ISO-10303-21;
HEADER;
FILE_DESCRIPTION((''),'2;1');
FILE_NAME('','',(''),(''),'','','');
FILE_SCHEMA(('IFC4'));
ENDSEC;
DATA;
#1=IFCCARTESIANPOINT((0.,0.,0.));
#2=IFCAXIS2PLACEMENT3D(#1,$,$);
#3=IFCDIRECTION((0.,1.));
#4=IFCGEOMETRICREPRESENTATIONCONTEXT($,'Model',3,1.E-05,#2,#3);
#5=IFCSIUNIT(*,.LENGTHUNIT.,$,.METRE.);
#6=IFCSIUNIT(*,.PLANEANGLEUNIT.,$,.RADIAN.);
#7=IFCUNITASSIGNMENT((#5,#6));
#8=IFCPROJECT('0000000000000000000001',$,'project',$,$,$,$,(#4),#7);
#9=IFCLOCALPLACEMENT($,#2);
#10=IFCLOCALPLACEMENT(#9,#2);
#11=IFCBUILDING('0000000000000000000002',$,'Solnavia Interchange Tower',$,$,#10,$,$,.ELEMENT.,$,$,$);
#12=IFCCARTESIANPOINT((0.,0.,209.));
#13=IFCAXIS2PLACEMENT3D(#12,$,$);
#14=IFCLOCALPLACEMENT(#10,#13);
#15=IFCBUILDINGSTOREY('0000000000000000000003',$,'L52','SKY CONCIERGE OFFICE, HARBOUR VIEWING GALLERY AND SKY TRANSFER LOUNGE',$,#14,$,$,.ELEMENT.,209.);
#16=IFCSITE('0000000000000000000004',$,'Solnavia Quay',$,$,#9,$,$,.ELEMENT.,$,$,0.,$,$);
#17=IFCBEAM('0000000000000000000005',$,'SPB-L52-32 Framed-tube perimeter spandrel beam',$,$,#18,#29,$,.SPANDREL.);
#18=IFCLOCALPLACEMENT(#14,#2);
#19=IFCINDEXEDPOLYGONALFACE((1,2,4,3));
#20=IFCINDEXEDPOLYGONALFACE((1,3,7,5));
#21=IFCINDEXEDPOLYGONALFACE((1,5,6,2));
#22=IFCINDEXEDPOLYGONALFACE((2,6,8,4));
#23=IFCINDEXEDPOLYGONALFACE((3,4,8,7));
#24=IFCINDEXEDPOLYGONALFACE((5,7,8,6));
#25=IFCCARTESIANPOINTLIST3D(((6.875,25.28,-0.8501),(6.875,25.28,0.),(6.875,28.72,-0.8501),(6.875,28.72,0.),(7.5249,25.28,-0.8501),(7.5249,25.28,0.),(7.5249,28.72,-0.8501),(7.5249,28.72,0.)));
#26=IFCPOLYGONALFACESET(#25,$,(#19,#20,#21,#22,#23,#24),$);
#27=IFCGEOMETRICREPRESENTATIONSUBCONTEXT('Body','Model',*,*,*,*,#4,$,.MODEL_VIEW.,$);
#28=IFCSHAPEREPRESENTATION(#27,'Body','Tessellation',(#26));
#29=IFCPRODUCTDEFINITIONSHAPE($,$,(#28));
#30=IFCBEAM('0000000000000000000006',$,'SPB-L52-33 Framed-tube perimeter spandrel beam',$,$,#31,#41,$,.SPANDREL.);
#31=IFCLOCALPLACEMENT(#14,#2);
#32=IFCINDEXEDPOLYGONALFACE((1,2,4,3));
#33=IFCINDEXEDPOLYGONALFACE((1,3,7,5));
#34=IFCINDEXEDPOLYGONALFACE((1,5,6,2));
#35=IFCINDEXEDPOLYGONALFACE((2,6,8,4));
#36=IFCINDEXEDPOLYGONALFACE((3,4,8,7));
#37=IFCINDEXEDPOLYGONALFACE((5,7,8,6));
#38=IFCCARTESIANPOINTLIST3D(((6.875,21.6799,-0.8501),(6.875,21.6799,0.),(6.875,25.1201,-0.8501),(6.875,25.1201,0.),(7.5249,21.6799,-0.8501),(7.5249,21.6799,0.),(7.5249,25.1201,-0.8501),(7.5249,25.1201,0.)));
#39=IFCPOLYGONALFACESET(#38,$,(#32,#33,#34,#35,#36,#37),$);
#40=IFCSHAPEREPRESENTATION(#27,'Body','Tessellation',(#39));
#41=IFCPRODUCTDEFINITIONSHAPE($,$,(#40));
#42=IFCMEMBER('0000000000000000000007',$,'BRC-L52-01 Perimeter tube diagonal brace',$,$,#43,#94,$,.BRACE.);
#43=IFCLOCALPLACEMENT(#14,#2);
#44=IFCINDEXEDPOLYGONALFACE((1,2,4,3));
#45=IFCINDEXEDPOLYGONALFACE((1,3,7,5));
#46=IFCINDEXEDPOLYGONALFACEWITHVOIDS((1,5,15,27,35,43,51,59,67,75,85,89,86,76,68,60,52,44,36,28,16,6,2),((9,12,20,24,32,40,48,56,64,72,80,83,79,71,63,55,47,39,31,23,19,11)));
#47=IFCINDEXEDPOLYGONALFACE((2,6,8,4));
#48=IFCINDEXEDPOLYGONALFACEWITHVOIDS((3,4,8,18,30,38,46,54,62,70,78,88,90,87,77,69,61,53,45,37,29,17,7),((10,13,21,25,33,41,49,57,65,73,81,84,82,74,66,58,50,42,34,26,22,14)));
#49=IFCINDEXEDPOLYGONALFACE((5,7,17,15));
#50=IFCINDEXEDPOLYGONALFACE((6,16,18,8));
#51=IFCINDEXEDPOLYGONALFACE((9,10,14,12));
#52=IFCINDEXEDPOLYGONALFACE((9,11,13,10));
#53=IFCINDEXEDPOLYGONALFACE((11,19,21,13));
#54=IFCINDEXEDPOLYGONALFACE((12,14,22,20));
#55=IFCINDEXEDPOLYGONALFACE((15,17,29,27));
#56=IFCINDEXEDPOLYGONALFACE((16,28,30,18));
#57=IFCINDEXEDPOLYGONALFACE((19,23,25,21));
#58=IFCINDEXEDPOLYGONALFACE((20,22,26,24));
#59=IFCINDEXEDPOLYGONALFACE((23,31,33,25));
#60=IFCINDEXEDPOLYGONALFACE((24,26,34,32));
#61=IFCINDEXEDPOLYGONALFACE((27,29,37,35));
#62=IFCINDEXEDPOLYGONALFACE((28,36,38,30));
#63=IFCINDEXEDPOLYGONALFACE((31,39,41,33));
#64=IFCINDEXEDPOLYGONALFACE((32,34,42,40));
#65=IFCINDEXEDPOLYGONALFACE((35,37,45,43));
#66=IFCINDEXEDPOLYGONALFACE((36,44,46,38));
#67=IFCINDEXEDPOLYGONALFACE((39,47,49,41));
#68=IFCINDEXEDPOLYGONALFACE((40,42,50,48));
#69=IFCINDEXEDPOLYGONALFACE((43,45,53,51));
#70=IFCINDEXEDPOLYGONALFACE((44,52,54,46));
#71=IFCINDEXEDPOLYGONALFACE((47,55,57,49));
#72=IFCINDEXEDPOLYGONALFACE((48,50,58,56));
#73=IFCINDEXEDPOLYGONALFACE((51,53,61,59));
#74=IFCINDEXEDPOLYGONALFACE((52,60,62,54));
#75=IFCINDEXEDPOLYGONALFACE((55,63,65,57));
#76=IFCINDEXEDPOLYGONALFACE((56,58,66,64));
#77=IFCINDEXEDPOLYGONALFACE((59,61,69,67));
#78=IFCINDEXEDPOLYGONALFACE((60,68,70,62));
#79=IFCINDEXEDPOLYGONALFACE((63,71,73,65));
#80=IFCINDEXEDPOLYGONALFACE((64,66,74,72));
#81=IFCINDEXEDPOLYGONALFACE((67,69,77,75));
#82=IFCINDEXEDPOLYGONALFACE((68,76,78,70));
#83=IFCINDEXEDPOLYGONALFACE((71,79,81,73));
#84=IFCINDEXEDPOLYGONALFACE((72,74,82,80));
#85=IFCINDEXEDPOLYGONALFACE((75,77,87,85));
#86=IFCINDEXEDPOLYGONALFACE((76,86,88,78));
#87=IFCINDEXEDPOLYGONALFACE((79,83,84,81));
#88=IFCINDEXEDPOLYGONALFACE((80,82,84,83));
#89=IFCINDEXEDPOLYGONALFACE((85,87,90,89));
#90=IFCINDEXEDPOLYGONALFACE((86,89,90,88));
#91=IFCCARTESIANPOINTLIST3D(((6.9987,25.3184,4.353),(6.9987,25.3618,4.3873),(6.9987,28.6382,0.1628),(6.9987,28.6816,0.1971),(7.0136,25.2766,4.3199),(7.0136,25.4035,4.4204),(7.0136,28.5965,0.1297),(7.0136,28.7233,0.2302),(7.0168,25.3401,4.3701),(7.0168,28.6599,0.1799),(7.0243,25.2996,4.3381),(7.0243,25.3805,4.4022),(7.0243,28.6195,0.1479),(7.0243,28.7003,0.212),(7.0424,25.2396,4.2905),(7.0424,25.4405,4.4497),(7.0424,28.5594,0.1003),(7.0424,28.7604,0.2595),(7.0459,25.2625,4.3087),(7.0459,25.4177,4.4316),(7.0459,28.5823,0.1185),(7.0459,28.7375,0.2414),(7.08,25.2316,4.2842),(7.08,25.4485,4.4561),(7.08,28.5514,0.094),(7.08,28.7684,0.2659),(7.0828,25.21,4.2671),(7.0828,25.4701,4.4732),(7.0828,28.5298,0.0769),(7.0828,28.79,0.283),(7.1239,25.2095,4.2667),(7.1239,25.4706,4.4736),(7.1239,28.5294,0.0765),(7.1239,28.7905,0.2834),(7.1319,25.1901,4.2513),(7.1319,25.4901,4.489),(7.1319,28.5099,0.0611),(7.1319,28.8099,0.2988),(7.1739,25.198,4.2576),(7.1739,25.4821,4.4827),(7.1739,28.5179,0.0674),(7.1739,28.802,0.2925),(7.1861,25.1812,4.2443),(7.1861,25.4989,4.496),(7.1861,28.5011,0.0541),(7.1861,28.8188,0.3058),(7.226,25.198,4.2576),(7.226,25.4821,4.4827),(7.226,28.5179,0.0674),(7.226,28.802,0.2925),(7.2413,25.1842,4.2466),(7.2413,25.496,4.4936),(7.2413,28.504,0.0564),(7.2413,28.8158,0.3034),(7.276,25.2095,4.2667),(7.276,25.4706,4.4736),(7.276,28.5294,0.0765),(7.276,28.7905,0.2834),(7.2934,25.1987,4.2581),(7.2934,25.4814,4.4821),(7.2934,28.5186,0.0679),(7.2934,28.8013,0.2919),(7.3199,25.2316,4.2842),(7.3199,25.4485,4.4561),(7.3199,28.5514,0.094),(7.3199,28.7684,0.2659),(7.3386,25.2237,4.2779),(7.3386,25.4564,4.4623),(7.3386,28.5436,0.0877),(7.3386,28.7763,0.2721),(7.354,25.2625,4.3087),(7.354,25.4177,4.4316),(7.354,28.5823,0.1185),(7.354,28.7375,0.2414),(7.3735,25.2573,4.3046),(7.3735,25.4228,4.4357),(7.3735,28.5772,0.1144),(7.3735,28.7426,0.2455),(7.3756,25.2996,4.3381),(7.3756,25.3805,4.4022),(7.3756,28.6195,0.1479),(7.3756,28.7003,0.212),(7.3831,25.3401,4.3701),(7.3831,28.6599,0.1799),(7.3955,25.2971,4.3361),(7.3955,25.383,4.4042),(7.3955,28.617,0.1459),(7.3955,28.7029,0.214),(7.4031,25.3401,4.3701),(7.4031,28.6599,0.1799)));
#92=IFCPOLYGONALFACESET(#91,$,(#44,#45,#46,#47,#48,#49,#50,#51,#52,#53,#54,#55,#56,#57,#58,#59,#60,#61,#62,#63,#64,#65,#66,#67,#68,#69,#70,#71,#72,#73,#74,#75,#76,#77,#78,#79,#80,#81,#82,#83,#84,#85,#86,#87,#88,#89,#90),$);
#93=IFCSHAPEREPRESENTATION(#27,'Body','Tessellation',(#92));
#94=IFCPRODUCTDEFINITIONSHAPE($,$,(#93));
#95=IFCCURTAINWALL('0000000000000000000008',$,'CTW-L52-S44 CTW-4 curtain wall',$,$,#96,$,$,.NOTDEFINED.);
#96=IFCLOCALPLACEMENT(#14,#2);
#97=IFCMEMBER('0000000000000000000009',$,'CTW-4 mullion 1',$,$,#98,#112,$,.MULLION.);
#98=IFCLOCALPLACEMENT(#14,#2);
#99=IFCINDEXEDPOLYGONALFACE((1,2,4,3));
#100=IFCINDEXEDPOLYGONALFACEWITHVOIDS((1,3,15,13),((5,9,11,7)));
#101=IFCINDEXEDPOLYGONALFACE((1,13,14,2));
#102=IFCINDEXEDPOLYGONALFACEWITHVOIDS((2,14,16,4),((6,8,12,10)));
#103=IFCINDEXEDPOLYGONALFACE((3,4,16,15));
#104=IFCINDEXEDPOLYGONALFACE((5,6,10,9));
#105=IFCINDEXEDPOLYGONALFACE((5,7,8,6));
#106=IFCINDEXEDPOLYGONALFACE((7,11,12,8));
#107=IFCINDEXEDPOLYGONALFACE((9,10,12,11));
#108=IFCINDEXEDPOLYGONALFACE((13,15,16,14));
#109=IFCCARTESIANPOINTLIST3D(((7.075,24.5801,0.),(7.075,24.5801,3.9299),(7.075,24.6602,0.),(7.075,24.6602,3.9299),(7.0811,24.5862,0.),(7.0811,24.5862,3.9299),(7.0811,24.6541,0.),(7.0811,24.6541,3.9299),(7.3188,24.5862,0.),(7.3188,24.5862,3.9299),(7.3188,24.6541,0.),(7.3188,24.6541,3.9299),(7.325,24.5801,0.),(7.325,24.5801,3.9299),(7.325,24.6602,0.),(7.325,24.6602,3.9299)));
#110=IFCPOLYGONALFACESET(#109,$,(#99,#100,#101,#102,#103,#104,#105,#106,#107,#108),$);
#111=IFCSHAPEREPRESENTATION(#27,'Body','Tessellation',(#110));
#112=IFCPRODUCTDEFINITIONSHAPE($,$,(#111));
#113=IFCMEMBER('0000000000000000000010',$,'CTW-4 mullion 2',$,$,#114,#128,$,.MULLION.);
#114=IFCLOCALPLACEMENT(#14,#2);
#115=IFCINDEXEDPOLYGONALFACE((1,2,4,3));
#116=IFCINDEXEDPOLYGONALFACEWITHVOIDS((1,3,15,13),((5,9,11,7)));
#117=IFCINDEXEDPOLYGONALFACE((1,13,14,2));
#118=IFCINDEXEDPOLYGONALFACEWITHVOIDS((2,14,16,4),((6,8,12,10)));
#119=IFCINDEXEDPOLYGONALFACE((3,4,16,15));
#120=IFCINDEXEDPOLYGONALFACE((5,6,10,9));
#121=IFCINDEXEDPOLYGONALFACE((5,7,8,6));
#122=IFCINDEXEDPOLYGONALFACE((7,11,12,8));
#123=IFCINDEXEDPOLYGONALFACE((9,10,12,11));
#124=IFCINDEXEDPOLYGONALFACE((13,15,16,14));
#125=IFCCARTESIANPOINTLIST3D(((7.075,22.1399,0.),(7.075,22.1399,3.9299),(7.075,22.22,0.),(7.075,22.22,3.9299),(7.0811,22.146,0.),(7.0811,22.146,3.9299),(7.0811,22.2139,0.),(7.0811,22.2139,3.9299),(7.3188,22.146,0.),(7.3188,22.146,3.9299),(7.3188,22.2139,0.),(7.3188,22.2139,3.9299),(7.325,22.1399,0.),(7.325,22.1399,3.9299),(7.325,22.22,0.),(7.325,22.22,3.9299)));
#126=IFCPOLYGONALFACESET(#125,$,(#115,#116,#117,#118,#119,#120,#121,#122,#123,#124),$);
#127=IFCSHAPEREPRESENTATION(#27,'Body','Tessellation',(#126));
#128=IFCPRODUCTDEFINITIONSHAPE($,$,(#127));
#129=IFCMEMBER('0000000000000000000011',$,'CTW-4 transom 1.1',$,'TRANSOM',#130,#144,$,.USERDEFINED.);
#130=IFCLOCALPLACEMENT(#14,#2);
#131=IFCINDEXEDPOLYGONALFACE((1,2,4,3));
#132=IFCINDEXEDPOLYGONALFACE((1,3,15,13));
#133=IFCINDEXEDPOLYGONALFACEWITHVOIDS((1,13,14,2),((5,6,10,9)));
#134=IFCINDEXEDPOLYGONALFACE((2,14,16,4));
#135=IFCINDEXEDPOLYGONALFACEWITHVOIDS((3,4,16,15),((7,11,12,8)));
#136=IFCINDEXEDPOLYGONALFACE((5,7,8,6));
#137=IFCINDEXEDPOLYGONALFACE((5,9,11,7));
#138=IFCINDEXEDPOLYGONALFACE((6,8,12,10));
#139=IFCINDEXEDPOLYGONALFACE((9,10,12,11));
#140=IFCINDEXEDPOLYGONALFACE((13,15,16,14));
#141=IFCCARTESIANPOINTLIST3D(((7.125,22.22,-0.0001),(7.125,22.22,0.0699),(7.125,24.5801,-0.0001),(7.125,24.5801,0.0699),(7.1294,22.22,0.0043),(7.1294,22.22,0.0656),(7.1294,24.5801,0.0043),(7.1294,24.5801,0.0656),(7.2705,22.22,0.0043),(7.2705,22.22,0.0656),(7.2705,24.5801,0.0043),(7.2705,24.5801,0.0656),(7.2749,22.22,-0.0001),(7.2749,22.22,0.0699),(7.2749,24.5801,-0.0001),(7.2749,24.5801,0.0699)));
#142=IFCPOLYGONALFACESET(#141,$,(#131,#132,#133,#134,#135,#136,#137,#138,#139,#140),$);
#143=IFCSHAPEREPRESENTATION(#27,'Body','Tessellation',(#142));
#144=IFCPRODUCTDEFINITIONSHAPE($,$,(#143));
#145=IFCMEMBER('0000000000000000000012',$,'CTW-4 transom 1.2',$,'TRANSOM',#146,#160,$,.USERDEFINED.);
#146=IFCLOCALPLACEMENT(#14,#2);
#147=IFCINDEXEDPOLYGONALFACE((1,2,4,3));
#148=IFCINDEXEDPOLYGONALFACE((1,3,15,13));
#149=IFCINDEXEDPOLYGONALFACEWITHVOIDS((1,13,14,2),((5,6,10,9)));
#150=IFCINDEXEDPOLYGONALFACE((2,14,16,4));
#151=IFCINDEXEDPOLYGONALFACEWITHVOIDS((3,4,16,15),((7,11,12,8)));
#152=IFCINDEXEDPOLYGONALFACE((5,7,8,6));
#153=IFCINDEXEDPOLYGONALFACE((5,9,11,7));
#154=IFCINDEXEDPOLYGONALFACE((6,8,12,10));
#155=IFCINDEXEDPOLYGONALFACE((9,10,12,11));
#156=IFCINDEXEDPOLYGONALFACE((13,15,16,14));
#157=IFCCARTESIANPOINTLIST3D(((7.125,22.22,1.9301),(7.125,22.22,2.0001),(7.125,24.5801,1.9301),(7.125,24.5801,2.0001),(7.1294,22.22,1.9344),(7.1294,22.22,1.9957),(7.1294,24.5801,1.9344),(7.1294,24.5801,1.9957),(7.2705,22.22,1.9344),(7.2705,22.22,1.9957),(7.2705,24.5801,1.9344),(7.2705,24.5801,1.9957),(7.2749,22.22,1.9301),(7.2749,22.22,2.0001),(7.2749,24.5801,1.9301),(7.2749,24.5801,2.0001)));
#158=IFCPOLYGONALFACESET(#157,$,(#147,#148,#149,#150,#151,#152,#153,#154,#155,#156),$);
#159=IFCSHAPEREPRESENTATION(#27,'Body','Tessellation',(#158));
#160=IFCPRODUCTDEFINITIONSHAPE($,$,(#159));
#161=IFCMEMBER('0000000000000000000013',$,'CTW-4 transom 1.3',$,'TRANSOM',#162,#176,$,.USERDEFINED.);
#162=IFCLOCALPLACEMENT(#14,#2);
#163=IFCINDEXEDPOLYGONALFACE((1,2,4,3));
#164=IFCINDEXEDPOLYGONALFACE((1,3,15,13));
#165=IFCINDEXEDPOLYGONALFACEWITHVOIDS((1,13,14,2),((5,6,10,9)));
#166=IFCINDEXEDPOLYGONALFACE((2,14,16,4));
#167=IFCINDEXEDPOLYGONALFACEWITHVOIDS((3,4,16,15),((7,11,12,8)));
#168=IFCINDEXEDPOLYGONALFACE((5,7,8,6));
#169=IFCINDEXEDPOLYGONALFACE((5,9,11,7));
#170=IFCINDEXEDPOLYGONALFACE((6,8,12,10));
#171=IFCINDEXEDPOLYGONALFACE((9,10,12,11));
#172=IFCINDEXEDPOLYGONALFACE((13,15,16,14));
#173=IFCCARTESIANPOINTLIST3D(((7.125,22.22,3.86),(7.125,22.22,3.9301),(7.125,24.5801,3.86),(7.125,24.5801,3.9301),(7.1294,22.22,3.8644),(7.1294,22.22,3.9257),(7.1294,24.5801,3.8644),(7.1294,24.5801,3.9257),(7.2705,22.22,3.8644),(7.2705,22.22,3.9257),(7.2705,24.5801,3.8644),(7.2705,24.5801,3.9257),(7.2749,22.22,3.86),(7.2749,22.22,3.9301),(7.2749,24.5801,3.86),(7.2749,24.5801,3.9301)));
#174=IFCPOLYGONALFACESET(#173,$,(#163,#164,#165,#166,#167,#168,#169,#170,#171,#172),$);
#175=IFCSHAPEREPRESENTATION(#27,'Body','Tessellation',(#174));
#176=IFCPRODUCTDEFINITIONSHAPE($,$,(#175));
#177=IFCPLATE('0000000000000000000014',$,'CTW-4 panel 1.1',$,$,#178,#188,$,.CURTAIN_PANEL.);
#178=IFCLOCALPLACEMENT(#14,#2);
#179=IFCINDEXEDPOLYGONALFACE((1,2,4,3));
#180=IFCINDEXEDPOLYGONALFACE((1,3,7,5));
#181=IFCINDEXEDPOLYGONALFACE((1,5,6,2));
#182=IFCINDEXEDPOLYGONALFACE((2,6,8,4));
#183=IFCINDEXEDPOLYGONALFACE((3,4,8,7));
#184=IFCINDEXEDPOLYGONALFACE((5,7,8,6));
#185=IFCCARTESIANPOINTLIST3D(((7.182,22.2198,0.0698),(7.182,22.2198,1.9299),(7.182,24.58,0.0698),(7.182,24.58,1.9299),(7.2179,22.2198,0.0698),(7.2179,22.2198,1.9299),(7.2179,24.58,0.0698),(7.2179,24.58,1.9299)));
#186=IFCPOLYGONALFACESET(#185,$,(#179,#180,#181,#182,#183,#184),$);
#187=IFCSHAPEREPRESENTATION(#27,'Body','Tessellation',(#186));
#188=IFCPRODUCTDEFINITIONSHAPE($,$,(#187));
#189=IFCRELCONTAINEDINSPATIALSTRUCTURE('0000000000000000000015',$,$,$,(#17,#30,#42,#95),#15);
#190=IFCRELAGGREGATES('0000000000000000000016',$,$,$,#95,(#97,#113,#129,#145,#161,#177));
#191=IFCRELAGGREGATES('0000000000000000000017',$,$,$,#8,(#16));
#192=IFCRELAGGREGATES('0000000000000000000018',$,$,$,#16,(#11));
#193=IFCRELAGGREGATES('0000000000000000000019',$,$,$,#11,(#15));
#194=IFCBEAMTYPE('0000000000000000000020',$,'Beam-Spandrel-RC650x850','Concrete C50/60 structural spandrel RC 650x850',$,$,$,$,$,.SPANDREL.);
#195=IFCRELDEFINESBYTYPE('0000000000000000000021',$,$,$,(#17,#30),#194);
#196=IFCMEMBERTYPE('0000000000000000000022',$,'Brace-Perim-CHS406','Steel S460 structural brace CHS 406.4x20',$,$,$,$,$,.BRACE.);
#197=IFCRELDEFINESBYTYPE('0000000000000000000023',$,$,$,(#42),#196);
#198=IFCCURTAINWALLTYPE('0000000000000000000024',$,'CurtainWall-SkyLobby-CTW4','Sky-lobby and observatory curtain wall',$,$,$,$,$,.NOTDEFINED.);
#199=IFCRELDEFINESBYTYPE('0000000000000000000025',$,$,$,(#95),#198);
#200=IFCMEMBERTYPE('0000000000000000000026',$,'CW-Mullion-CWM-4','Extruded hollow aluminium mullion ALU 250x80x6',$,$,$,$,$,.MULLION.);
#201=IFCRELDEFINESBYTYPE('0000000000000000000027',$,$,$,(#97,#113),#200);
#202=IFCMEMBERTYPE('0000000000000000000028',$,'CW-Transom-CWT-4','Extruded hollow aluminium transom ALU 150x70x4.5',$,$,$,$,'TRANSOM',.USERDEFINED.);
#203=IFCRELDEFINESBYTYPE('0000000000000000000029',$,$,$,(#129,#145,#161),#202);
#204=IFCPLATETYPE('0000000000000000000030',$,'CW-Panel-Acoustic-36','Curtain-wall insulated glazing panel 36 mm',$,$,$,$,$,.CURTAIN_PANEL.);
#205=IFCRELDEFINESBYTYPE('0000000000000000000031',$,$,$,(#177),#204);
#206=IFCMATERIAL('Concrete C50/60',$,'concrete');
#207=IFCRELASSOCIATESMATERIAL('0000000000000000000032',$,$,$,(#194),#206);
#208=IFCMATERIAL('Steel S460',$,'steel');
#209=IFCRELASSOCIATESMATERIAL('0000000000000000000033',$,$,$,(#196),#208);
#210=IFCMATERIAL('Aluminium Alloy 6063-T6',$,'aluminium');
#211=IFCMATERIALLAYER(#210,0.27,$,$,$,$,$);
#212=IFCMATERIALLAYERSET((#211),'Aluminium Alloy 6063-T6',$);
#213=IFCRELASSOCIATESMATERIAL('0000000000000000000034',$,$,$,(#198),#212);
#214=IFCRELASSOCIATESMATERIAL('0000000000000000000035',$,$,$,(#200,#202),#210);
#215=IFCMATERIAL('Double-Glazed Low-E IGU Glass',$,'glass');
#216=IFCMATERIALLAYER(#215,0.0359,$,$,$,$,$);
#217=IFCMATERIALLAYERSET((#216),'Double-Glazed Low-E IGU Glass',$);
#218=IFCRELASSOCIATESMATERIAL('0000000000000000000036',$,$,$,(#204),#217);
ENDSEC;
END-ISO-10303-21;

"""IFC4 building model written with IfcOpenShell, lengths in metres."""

from ifc_helpers import new_model, si_unit, direction, frame, origin, origin_2d, place, context, subcontext, project, spatial, rectangle, hollow_rectangle, hollow_circle, extrude, material, layer, layer_set, material_profile, profile_set, type_object, element, aggregate, save


model = new_model("IFC4")

# Units and contexts
model_context = context("Model", 3, precision=1e-05, world=origin(), true_north=direction((0.0, 1.0)))
body_context = subcontext(model_context, "Body", "Model", "MODEL_VIEW")
ifc_project = project(units=[si_unit("LENGTHUNIT", "METRE"), si_unit("PLANEANGLEUNIT", "RADIAN")], contexts=[model_context])

# Site, building, storey
site_placement = place(None, origin())
site = spatial("IfcSite", under=ifc_project, at=site_placement, Name="Solnavia Quay", CompositionType="ELEMENT", RefElevation=0.0)
building_placement = place(site_placement, origin())
building = spatial("IfcBuilding", under=site, at=building_placement, Name="Solnavia Interchange Tower", CompositionType="ELEMENT")
storey_placement = place(building_placement, frame((0.0, 0.0, 209.0)))
storey = spatial("IfcBuildingStorey", under=building, at=storey_placement, Name="L52", Description="SKY CONCIERGE OFFICE, HARBOUR VIEWING GALLERY AND SKY TRANSFER LOUNGE", CompositionType="ELEMENT", Elevation=209.0)

# Shared definitions
ifc_material_1 = material(Name="Concrete C50/60", Category="concrete")

# Beams
ifc_material_profile_1 = material_profile(ifc_material_1, rectangle(XDim=0.6499, YDim=0.8501, at=origin_2d()), Name="RC 650x850")
ifc_profile_set_1 = profile_set([ifc_material_profile_1], Name="Concrete C50/60")
beam_type_1 = type_object("IfcBeamType", Name="Beam-Spandrel-RC650x850", Description="Concrete C50/60 structural spandrel RC 650x850", PredefinedType="SPANDREL", material=ifc_profile_set_1)
beam_1_placement = place(storey_placement, frame((7.2, 28.72, -0.425), z_axis=(0.0, -1.0, 0.0), x_axis=(1.0, 0.0, 0.0)))
element("IfcBeam", 1, at=beam_1_placement, inside=storey, type_object=beam_type_1, Name="SPB-L52-32 Framed-tube perimeter spandrel beam", PredefinedType="SPANDREL", context=body_context, shape_type="SweptSolid", body=[
    extrude(rectangle(XDim=0.6499, YDim=0.8501, at=origin_2d()), origin(), (0.0, 0.0, 1.0), 3.4399),
])
beam_2_placement = place(storey_placement, frame((7.2, 25.1201, -0.425), z_axis=(0.0, -1.0, 0.0), x_axis=(1.0, 0.0, 0.0)))
element("IfcBeam", 2, at=beam_2_placement, inside=storey, type_object=beam_type_1, Name="SPB-L52-33 Framed-tube perimeter spandrel beam", PredefinedType="SPANDREL", context=body_context, shape_type="SweptSolid", body=[
    extrude(rectangle(XDim=0.6499, YDim=0.8501, at=origin_2d()), origin(), (0.0, 0.0, 1.0), 3.4402),
])

# Member
ifc_material_2 = material(Name="Steel S460", Category="steel")
ifc_material_profile_2 = material_profile(ifc_material_2, hollow_circle(Radius=0.2031, WallThickness=0.02, at=origin_2d()), Name="CHS 406.4x20")
ifc_profile_set_2 = profile_set([ifc_material_profile_2], Name="Steel S460")
member_type_1 = type_object("IfcMemberType", Name="Brace-Perim-CHS406", Description="Steel S460 structural brace CHS 406.4x20", PredefinedType="BRACE", material=ifc_profile_set_2)
member_1_placement = place(storey_placement, frame((7.2, 28.6599, 0.1799), z_axis=(0.0, -0.621001, 0.78381), x_axis=(1.0, 0.0, 0.0)))
element("IfcMember", 3, at=member_1_placement, inside=storey, type_object=member_type_1, Name="BRC-L52-01 Perimeter tube diagonal brace", PredefinedType="BRACE", context=body_context, shape_type="SweptSolid", body=[
    extrude(hollow_circle(Radius=0.2031, WallThickness=0.02, at=origin_2d()), origin(), (0.0, 0.0, 1.0), 5.3459),
])

# Curtain wall, members, plate
ifc_material_3 = material(Name="Aluminium Alloy 6063-T6", Category="aluminium")
ifc_layer_1 = layer(ifc_material_3, 0.27)
ifc_layer_set_1 = layer_set([ifc_layer_1], Name="Aluminium Alloy 6063-T6")
curtain_wall_type = type_object("IfcCurtainWallType", Name="CurtainWall-SkyLobby-CTW4", Description="Sky-lobby and observatory curtain wall", PredefinedType="NOTDEFINED", material=ifc_layer_set_1)
curtain_wall_placement = place(storey_placement, origin())
curtain_wall = element("IfcCurtainWall", 4, at=curtain_wall_placement, inside=storey, type_object=curtain_wall_type, Name="CTW-L52-S44 CTW-4 curtain wall", PredefinedType="NOTDEFINED")
ifc_material_profile_3 = material_profile(ifc_material_3, hollow_rectangle(XDim=0.0801, YDim=0.25, WallThickness=0.0061, at=origin_2d()), Name="ALU 250x80x6")
ifc_profile_set_3 = profile_set([ifc_material_profile_3], Name="Aluminium Alloy 6063-T6")
member_type_2 = type_object("IfcMemberType", Name="CW-Mullion-CWM-4", Description="Extruded hollow aluminium mullion ALU 250x80x6", PredefinedType="MULLION", material=ifc_profile_set_3)
member_2_placement = place(storey_placement, frame((7.2, 24.6201, 0.0), z_axis=(0.0, 0.0, 1.0), x_axis=(0.0, -1.0, 0.0)))
member_2 = element("IfcMember", 5, at=member_2_placement, type_object=member_type_2, Name="CTW-4 mullion 1", PredefinedType="MULLION", context=body_context, shape_type="SweptSolid", body=[
    extrude(hollow_rectangle(XDim=0.0801, YDim=0.25, WallThickness=0.0061, at=origin_2d()), origin(), (0.0, 0.0, 1.0), 3.9299),
])
member_3_placement = place(storey_placement, frame((7.2, 22.1799, 0.0), z_axis=(0.0, 0.0, 1.0), x_axis=(0.0, -1.0, 0.0)))
member_3 = element("IfcMember", 6, at=member_3_placement, type_object=member_type_2, Name="CTW-4 mullion 2", PredefinedType="MULLION", context=body_context, shape_type="SweptSolid", body=[
    extrude(hollow_rectangle(XDim=0.0801, YDim=0.25, WallThickness=0.0061, at=origin_2d()), origin(), (0.0, 0.0, 1.0), 3.9299),
])
ifc_material_profile_4 = material_profile(ifc_material_3, hollow_rectangle(XDim=0.0701, YDim=0.1499, WallThickness=0.0044, at=origin_2d()), Name="ALU 150x70x4.5")
ifc_profile_set_4 = profile_set([ifc_material_profile_4], Name="Aluminium Alloy 6063-T6")
member_type_3 = type_object("IfcMemberType", Name="CW-Transom-CWT-4", Description="Extruded hollow aluminium transom ALU 150x70x4.5", ElementType="TRANSOM", PredefinedType="USERDEFINED", material=ifc_profile_set_4)
member_4_placement = place(storey_placement, frame((7.2, 24.5801, 0.0349), z_axis=(0.0, -1.0, 0.0), x_axis=(0.0, 0.0, 1.0)))
member_4 = element("IfcMember", 7, at=member_4_placement, type_object=member_type_3, Name="CTW-4 transom 1.1", ObjectType="TRANSOM", PredefinedType="USERDEFINED", context=body_context, shape_type="SweptSolid", body=[
    extrude(hollow_rectangle(XDim=0.0701, YDim=0.1499, WallThickness=0.0044, at=origin_2d()), origin(), (0.0, 0.0, 1.0), 2.3601),
])
member_5_placement = place(storey_placement, frame((7.2, 24.5801, 1.9651), z_axis=(0.0, -1.0, 0.0), x_axis=(0.0, 0.0, 1.0)))
member_5 = element("IfcMember", 8, at=member_5_placement, type_object=member_type_3, Name="CTW-4 transom 1.2", ObjectType="TRANSOM", PredefinedType="USERDEFINED", context=body_context, shape_type="SweptSolid", body=[
    extrude(hollow_rectangle(XDim=0.0701, YDim=0.1499, WallThickness=0.0044, at=origin_2d()), origin(), (0.0, 0.0, 1.0), 2.3601),
])
member_6_placement = place(storey_placement, frame((7.2, 24.5801, 3.895), z_axis=(0.0, -1.0, 0.0), x_axis=(0.0, 0.0, 1.0)))
member_6 = element("IfcMember", 9, at=member_6_placement, type_object=member_type_3, Name="CTW-4 transom 1.3", ObjectType="TRANSOM", PredefinedType="USERDEFINED", context=body_context, shape_type="SweptSolid", body=[
    extrude(hollow_rectangle(XDim=0.0701, YDim=0.1499, WallThickness=0.0044, at=origin_2d()), origin(), (0.0, 0.0, 1.0), 2.3601),
])
ifc_material_4 = material(Name="Double-Glazed Low-E IGU Glass", Category="glass")
ifc_layer_2 = layer(ifc_material_4, 0.0359)
ifc_layer_set_2 = layer_set([ifc_layer_2], Name="Double-Glazed Low-E IGU Glass")
plate_type_1 = type_object("IfcPlateType", Name="CW-Panel-Acoustic-36", Description="Curtain-wall insulated glazing panel 36 mm", PredefinedType="CURTAIN_PANEL", material=ifc_layer_set_2)
plate_1_placement = place(storey_placement, frame((7.2, 23.3999, 0.0698), z_axis=(0.0, 0.0, 1.0), x_axis=(0.0, -1.0, 0.0)))
plate_1 = element("IfcPlate", 10, at=plate_1_placement, type_object=plate_type_1, Name="CTW-4 panel 1.1", PredefinedType="CURTAIN_PANEL", context=body_context, shape_type="SweptSolid", body=[
    extrude(rectangle(XDim=2.3601, YDim=0.0359, at=origin_2d()), origin(), (0.0, 0.0, 1.0), 1.8601),
])
aggregate(curtain_wall, [member_2, member_3, member_4, member_5, member_6, plate_1])

save(model, "model.ifc")
